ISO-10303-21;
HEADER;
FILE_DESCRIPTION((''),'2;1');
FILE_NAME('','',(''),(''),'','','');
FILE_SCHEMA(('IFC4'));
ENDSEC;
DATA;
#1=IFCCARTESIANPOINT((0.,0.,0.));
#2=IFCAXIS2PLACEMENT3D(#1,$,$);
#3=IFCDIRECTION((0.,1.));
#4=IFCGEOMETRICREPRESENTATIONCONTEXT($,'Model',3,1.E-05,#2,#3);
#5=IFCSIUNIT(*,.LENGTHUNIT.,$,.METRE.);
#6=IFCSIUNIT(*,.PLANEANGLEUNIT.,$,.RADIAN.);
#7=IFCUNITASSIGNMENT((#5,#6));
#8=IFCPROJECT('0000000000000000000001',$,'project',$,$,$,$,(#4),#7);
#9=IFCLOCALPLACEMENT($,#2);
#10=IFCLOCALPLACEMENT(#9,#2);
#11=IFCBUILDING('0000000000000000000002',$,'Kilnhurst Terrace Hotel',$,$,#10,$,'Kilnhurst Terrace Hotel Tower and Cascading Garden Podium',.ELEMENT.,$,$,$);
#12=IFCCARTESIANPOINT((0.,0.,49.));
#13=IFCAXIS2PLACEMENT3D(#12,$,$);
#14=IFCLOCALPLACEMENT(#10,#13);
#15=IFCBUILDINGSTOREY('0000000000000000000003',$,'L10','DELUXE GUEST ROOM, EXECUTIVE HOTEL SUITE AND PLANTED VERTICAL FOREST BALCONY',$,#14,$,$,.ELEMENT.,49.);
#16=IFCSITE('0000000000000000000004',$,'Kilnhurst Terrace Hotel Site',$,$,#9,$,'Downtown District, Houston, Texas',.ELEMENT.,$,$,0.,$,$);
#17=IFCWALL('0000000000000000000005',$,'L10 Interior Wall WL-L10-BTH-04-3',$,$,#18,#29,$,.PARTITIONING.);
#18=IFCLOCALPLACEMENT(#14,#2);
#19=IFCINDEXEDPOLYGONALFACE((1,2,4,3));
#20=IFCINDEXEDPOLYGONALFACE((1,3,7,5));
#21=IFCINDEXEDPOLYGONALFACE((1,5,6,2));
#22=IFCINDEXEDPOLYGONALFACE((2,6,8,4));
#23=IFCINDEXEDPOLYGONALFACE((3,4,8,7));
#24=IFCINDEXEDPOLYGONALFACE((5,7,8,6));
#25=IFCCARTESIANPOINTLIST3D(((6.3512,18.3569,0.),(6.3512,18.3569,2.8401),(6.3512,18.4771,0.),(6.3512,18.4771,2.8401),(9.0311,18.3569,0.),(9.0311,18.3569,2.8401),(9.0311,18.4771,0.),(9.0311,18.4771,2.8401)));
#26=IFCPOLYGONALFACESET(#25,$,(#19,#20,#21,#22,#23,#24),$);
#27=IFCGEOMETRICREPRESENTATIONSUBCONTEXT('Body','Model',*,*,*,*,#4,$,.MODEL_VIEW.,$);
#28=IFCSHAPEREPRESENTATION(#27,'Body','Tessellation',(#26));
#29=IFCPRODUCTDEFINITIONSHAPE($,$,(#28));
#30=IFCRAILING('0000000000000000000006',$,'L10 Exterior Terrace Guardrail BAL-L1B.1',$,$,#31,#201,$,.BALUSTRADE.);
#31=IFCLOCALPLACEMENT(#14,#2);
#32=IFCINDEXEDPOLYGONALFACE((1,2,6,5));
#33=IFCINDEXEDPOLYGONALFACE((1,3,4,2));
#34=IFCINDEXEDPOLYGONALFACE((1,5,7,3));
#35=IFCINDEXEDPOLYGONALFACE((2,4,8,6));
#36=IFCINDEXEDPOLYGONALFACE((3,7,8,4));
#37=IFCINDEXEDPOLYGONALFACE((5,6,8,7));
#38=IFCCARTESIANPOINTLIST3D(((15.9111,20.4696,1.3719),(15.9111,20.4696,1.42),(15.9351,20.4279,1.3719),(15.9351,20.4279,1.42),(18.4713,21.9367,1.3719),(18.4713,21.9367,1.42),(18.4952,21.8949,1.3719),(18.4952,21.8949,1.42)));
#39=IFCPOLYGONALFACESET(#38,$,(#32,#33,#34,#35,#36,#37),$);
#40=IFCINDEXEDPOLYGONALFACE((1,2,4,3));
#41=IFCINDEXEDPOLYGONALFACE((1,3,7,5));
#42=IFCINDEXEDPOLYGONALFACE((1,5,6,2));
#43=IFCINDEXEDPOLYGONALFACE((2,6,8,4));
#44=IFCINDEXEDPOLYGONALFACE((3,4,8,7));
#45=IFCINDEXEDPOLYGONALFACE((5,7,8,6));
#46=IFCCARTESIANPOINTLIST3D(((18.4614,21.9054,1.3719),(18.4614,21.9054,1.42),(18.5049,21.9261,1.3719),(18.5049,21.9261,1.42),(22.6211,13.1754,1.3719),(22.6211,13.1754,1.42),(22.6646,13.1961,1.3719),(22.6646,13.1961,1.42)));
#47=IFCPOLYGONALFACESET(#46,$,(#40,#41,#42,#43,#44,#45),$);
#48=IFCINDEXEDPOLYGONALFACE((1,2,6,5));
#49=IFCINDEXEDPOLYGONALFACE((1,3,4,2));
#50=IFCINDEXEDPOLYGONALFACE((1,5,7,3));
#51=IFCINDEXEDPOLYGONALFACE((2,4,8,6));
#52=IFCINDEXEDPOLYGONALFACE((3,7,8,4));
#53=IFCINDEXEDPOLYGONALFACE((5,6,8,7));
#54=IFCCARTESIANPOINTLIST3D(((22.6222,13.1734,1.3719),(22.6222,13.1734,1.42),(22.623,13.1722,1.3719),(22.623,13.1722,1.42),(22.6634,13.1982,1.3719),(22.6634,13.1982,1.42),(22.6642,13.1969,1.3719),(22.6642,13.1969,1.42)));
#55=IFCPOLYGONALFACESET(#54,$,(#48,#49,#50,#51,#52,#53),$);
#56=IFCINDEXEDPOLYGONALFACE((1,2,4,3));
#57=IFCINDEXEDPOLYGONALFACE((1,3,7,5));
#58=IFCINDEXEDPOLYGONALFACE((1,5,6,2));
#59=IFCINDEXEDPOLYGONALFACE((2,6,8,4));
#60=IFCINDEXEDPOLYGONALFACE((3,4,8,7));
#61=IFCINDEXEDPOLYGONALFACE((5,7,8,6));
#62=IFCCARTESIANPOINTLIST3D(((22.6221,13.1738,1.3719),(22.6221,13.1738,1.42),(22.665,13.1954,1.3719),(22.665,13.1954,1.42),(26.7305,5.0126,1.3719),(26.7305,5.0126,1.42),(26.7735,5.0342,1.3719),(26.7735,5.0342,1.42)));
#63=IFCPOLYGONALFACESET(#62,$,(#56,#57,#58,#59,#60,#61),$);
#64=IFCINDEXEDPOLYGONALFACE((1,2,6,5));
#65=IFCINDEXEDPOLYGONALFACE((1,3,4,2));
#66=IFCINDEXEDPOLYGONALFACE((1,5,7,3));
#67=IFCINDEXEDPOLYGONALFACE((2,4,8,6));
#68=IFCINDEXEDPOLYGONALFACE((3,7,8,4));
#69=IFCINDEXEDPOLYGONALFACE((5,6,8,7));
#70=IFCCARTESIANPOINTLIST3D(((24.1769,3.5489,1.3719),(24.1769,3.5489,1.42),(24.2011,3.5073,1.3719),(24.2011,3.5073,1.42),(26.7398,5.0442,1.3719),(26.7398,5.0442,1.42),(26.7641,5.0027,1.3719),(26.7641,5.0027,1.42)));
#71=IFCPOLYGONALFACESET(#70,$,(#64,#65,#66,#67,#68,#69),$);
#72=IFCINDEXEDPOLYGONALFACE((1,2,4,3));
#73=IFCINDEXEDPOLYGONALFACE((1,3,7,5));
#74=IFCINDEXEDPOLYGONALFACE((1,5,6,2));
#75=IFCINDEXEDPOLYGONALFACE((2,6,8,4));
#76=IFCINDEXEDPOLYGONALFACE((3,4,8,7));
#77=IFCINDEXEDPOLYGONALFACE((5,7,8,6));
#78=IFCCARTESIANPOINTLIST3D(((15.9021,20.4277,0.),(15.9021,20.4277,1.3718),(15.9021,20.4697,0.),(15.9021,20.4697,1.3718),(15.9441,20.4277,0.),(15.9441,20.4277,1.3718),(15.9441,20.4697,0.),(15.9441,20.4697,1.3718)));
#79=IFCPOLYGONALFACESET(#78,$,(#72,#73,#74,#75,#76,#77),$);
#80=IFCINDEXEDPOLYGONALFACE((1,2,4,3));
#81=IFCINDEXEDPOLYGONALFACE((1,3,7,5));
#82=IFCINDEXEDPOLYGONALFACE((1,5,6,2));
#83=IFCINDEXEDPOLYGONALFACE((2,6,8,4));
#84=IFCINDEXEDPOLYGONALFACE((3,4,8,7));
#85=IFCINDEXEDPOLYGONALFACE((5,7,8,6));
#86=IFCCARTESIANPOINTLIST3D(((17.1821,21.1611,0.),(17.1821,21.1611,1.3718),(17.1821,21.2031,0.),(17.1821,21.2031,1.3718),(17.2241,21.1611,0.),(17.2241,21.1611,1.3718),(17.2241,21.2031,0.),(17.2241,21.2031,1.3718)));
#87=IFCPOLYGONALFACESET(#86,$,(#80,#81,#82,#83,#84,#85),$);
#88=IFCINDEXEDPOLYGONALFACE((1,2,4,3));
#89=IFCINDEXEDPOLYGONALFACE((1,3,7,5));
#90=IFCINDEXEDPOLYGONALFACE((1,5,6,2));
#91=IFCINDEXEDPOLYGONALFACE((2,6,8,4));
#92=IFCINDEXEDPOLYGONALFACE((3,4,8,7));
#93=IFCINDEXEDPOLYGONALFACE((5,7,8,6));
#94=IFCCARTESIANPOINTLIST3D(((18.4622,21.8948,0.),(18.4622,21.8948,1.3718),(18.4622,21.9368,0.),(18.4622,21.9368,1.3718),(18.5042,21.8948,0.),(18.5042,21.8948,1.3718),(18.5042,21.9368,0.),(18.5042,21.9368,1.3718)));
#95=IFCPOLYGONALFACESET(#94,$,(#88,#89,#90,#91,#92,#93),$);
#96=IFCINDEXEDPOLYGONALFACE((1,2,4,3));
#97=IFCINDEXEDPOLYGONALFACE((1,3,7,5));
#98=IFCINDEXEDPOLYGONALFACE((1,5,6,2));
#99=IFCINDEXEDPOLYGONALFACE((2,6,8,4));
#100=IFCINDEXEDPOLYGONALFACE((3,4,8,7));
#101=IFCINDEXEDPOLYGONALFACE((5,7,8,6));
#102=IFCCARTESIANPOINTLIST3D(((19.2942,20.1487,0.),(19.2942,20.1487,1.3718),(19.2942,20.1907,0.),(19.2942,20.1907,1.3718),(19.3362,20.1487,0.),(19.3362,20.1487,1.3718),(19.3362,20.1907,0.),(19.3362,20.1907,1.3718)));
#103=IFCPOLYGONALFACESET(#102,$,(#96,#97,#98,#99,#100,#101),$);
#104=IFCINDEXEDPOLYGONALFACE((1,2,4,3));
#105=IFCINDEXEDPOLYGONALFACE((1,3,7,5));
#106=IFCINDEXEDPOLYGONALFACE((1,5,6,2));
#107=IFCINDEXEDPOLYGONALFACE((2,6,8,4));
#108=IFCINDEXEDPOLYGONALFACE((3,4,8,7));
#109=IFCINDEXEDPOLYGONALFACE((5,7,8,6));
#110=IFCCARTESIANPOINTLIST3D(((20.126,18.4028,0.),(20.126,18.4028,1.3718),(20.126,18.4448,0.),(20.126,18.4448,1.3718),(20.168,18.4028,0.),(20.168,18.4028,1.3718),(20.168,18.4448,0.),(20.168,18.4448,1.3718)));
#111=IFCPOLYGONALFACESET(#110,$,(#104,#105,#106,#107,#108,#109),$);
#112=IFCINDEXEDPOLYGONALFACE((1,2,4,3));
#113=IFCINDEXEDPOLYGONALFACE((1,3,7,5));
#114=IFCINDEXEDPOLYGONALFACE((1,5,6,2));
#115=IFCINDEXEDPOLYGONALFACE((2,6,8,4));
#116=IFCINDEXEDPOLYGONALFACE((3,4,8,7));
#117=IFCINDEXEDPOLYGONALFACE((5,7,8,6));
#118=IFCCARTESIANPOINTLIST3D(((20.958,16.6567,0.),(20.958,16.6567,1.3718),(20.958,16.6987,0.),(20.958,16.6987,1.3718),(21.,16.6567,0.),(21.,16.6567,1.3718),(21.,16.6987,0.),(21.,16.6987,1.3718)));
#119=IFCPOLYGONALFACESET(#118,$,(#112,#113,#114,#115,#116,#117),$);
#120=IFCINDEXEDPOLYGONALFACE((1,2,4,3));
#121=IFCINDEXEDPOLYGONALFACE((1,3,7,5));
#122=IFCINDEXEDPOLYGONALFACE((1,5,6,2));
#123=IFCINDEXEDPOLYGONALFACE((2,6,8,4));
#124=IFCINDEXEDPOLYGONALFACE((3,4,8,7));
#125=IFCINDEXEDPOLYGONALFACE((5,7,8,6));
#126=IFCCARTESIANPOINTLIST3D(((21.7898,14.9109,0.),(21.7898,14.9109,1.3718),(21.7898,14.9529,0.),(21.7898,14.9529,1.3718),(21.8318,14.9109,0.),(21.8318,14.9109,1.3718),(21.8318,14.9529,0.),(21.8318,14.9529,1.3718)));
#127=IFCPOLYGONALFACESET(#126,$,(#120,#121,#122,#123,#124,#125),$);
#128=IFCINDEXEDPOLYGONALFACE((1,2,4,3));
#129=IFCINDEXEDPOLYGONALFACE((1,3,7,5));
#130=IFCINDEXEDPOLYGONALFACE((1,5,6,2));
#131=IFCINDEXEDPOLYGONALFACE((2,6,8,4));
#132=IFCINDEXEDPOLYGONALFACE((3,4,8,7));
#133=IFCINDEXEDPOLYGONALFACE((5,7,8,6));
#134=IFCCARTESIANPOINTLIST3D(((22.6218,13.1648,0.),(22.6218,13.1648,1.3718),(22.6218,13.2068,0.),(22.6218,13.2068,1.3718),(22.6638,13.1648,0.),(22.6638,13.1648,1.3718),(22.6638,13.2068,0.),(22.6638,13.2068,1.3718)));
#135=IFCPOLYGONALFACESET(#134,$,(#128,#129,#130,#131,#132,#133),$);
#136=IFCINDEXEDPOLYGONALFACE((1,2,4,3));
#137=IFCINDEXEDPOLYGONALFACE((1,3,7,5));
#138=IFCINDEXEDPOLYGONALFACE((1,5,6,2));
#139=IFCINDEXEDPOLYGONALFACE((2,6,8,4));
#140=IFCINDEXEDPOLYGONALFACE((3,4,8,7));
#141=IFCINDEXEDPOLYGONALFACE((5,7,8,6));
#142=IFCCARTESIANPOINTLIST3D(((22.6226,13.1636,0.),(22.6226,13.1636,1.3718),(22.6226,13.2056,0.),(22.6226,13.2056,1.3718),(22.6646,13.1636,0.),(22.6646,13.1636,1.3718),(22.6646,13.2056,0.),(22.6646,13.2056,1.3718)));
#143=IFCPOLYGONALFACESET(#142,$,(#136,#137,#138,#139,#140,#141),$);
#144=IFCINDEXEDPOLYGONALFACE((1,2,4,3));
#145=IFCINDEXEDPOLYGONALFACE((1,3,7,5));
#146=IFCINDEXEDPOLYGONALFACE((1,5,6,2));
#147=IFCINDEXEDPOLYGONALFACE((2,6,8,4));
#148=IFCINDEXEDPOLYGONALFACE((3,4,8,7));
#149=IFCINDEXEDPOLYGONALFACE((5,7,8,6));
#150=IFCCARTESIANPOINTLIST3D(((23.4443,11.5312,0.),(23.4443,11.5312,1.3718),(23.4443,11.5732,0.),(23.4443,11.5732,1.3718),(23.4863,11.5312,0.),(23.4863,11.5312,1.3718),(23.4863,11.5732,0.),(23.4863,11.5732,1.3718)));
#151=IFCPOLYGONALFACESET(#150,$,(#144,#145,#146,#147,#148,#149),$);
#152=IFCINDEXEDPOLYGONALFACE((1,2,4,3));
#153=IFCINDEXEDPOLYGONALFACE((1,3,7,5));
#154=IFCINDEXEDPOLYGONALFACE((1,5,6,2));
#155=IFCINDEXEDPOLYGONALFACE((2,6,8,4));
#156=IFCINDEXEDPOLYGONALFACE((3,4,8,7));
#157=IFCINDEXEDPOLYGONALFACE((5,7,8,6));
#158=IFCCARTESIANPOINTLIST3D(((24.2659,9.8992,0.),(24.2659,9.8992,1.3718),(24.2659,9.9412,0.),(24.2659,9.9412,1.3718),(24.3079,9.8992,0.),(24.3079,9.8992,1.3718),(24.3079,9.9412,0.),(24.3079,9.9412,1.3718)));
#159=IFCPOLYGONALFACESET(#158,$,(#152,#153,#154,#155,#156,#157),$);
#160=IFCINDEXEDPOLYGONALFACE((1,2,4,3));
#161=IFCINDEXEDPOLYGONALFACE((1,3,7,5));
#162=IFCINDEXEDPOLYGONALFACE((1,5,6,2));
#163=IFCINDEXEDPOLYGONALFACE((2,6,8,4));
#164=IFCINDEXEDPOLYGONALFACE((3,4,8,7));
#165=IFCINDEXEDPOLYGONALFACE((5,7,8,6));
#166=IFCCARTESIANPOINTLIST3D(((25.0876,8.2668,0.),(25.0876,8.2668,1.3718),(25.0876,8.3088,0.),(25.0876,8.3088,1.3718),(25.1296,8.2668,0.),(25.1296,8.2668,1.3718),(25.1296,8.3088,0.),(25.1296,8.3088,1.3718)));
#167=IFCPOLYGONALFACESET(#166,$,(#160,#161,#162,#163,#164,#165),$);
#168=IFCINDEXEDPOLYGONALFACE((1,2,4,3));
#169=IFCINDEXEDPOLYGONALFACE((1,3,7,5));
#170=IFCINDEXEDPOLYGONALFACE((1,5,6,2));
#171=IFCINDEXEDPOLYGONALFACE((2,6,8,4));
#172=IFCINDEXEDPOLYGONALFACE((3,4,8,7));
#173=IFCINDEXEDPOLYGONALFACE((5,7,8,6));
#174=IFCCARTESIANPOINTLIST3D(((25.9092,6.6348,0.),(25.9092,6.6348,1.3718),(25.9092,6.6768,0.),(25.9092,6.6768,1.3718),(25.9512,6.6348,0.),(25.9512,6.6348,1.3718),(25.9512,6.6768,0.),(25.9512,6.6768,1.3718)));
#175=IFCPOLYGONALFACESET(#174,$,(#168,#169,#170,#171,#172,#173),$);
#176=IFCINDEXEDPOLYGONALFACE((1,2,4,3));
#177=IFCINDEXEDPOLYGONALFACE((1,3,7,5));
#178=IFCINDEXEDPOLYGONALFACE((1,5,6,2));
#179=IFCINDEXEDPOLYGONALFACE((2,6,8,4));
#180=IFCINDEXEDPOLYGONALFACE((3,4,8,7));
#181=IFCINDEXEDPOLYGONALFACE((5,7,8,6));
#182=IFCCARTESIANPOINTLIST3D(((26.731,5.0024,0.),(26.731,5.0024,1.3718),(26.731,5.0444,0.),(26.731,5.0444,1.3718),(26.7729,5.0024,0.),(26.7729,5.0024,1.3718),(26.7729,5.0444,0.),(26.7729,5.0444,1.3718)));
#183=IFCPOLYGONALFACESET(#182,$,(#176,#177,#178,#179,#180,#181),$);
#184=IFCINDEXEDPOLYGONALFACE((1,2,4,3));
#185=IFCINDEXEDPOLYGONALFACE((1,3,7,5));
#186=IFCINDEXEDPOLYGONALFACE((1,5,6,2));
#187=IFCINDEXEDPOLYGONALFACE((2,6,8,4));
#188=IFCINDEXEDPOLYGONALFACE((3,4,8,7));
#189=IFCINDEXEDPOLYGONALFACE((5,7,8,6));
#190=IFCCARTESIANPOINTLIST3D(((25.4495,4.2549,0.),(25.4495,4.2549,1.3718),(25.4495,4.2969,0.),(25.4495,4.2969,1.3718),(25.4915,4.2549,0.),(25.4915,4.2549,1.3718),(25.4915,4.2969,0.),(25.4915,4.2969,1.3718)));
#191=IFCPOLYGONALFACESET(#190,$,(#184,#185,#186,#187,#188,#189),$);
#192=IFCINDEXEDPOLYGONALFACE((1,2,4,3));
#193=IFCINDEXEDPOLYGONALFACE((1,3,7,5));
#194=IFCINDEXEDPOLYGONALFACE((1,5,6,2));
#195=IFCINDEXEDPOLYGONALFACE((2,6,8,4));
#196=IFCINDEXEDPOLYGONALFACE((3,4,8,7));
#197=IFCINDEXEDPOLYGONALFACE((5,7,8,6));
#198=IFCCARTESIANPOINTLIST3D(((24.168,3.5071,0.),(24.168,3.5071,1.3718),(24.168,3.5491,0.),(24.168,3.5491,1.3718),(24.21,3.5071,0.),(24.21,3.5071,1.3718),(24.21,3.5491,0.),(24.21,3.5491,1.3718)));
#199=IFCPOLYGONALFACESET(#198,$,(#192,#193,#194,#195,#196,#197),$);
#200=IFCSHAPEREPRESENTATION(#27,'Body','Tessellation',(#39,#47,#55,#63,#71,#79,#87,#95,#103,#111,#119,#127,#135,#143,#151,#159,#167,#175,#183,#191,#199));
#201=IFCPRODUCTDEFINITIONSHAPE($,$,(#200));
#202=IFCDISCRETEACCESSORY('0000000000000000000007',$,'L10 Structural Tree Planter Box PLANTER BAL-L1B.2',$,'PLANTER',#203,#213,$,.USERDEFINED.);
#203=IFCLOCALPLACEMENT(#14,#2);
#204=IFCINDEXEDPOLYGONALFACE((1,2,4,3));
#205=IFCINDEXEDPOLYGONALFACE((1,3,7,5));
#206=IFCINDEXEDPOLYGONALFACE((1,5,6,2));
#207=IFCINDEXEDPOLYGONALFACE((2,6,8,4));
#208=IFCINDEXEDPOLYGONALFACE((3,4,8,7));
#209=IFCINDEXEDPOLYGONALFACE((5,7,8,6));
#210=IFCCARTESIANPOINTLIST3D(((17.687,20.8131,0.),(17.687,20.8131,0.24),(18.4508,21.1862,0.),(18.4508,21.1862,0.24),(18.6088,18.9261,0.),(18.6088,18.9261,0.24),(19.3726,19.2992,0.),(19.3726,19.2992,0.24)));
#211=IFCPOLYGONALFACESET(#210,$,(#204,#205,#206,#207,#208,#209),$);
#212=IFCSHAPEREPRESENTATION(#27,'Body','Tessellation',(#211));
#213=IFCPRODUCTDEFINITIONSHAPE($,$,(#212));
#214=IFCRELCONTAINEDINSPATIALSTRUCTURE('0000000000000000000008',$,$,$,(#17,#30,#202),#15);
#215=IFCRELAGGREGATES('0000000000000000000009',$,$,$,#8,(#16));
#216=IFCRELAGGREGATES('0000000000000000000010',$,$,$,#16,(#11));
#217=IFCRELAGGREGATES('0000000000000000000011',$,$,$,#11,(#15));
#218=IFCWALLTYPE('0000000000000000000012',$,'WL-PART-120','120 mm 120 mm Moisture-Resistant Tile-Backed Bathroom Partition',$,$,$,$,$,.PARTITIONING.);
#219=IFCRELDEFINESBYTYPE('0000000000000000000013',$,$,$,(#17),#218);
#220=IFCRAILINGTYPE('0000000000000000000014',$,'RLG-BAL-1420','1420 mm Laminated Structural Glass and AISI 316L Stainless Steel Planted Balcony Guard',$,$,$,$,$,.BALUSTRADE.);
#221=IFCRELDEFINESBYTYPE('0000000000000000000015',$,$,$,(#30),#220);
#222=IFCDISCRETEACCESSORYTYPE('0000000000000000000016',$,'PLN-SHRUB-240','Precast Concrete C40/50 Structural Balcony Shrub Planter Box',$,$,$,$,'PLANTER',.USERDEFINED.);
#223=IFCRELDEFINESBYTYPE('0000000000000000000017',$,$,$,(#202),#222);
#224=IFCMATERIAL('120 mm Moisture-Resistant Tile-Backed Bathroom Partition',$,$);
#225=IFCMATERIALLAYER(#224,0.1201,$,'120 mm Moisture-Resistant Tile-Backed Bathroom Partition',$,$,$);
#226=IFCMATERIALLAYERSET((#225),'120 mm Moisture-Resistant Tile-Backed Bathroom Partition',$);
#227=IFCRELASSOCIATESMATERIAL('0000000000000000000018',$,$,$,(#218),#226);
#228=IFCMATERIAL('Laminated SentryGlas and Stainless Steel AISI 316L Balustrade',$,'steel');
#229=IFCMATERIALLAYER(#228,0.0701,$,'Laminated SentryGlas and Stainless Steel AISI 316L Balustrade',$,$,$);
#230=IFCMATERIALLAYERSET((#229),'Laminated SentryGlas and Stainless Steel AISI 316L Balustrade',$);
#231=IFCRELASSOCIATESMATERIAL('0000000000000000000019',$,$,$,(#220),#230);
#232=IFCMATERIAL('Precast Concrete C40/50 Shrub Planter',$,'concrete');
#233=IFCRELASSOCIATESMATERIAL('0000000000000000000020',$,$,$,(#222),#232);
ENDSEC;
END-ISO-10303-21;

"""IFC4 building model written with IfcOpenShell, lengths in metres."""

from ifc_helpers import new_model, si_unit, direction, frame, frame_2d, origin, origin_2d, place, context, subcontext, project, spatial, rectangle, extrude, material, layer, layer_set, type_object, element, save


model = new_model("IFC4")

# Units and contexts
model_context = context("Model", 3, precision=1e-05, world=origin(), true_north=direction((0.0, 1.0)))
body_context = subcontext(model_context, "Body", "Model", "MODEL_VIEW")
ifc_project = project(units=[si_unit("LENGTHUNIT", "METRE"), si_unit("PLANEANGLEUNIT", "RADIAN")], contexts=[model_context])

# Site, building, storey
site_placement = place(None, origin())
site = spatial("IfcSite", under=ifc_project, at=site_placement, Name="Kilnhurst Terrace Hotel Site", LongName="Downtown District, Houston, Texas", CompositionType="ELEMENT", RefElevation=0.0)
building_placement = place(site_placement, origin())
building = spatial("IfcBuilding", under=site, at=building_placement, Name="Kilnhurst Terrace Hotel", LongName="Kilnhurst Terrace Hotel Tower and Cascading Garden Podium", CompositionType="ELEMENT")
storey_placement = place(building_placement, frame((0.0, 0.0, 49.0)))
storey = spatial("IfcBuildingStorey", under=building, at=storey_placement, Name="L10", Description="DELUXE GUEST ROOM, EXECUTIVE HOTEL SUITE AND PLANTED VERTICAL FOREST BALCONY", CompositionType="ELEMENT", Elevation=49.0)

# Wall
ifc_material_1 = material(Name="120 mm Moisture-Resistant Tile-Backed Bathroom Partition")
ifc_layer_1 = layer(ifc_material_1, 0.1201, Name="120 mm Moisture-Resistant Tile-Backed Bathroom Partition")
ifc_layer_set_1 = layer_set([ifc_layer_1], Name="120 mm Moisture-Resistant Tile-Backed Bathroom Partition")
wall_type_1 = type_object("IfcWallType", Name="WL-PART-120", Description="120 mm 120 mm Moisture-Resistant Tile-Backed Bathroom Partition", PredefinedType="PARTITIONING", material=ifc_layer_set_1)
wall_1_placement = place(storey_placement, frame((9.031, 18.417, 0.0), z_axis=(0.0, 0.0, 1.0), x_axis=(-1.0, 0.0, 0.0)))
element("IfcWall", 1, at=wall_1_placement, inside=storey, type_object=wall_type_1, Name="L10 Interior Wall WL-L10-BTH-04-3", PredefinedType="PARTITIONING", context=body_context, shape_type="SweptSolid", body=[
    extrude(rectangle(XDim=2.6799, YDim=0.1201, at=frame_2d((1.3398, 0.0))), origin(), (0.0, 0.0, 1.0), 2.8401),
])

# Railing
ifc_material_2 = material(Name="Laminated SentryGlas and Stainless Steel AISI 316L Balustrade", Category="steel")
ifc_layer_2 = layer(ifc_material_2, 0.0701, Name="Laminated SentryGlas and Stainless Steel AISI 316L Balustrade")
ifc_layer_set_2 = layer_set([ifc_layer_2], Name="Laminated SentryGlas and Stainless Steel AISI 316L Balustrade")
railing_type = type_object("IfcRailingType", Name="RLG-BAL-1420", Description="1420 mm Laminated Structural Glass and AISI 316L Stainless Steel Planted Balcony Guard", PredefinedType="BALUSTRADE", material=ifc_layer_set_2)
railing_placement = place(storey_placement, frame((15.9231, 20.4487, 0.0)))
element("IfcRailing", 2, at=railing_placement, inside=storey, type_object=railing_type, Name="L10 Exterior Terrace Guardrail BAL-L1B.1", PredefinedType="BALUSTRADE", context=body_context, shape_type="SweptSolid", body=[
    extrude(rectangle(XDim=0.0481, YDim=0.0481, at=origin_2d()), frame((0.0, 0.0, 1.396), z_axis=(0.867637, 0.497199, 0.0), x_axis=(-0.497199, 0.867637, 0.0)), (0.0, 0.0, 1.0), 2.9507),
    extrude(rectangle(XDim=0.0481, YDim=0.0481, at=origin_2d()), frame((2.5601, 1.467, 1.396), z_axis=(0.430147, -0.902759, 0.0), x_axis=(0.902759, 0.430147, 0.0)), (0.0, 0.0, 1.0), 9.6704),
    extrude(rectangle(XDim=0.0481, YDim=0.0481, at=origin_2d()), frame((6.7197, -7.2629, 1.396), z_axis=(0.514496, -0.857493, 0.0), x_axis=(0.857493, 0.514496, 0.0)), (0.0, 0.0, 1.0), 0.0015),
    extrude(rectangle(XDim=0.0481, YDim=0.0481, at=origin_2d()), frame((6.7205, -7.2642, 1.396), z_axis=(0.449649, -0.893205, 0.0), x_axis=(0.893205, 0.449649, 0.0)), (0.0, 0.0, 1.0), 9.137),
    extrude(rectangle(XDim=0.0481, YDim=0.0481, at=origin_2d()), frame((10.8289, -15.4253, 1.396), z_axis=(-0.863737, -0.503943, 0.0), x_axis=(0.503943, -0.863737, 0.0)), (0.0, 0.0, 1.0), 2.9673),
    extrude(rectangle(XDim=0.042, YDim=0.042, at=origin_2d()), origin(), (0.0, 0.0, 1.0), 1.3718),
    extrude(rectangle(XDim=0.042, YDim=0.042, at=origin_2d()), frame((1.28, 0.7334, 0.0)), (0.0, 0.0, 1.0), 1.3718),
    extrude(rectangle(XDim=0.042, YDim=0.042, at=origin_2d()), frame((2.5601, 1.467, 0.0)), (0.0, 0.0, 1.0), 1.3718),
    extrude(rectangle(XDim=0.042, YDim=0.042, at=origin_2d()), frame((3.3921, -0.2791, 0.0)), (0.0, 0.0, 1.0), 1.3718),
    extrude(rectangle(XDim=0.042, YDim=0.042, at=origin_2d()), frame((4.2239, -2.0249, 0.0)), (0.0, 0.0, 1.0), 1.3718),
    extrude(rectangle(XDim=0.042, YDim=0.042, at=origin_2d()), frame((5.0559, -3.771, 0.0)), (0.0, 0.0, 1.0), 1.3718),
    extrude(rectangle(XDim=0.042, YDim=0.042, at=origin_2d()), frame((5.8877, -5.5168, 0.0)), (0.0, 0.0, 1.0), 1.3718),
    extrude(rectangle(XDim=0.042, YDim=0.042, at=origin_2d()), frame((6.7197, -7.2629, 0.0)), (0.0, 0.0, 1.0), 1.3718),
    extrude(rectangle(XDim=0.042, YDim=0.042, at=origin_2d()), frame((6.7205, -7.2642, 0.0)), (0.0, 0.0, 1.0), 1.3718),
    extrude(rectangle(XDim=0.042, YDim=0.042, at=origin_2d()), frame((7.5422, -8.8965, 0.0)), (0.0, 0.0, 1.0), 1.3718),
    extrude(rectangle(XDim=0.042, YDim=0.042, at=origin_2d()), frame((8.3638, -10.5286, 0.0)), (0.0, 0.0, 1.0), 1.3718),
    extrude(rectangle(XDim=0.042, YDim=0.042, at=origin_2d()), frame((9.1855, -12.1609, 0.0)), (0.0, 0.0, 1.0), 1.3718),
    extrude(rectangle(XDim=0.042, YDim=0.042, at=origin_2d()), frame((10.0071, -13.793, 0.0)), (0.0, 0.0, 1.0), 1.3718),
    extrude(rectangle(XDim=0.042, YDim=0.042, at=origin_2d()), frame((10.8289, -15.4253, 0.0)), (0.0, 0.0, 1.0), 1.3718),
    extrude(rectangle(XDim=0.042, YDim=0.042, at=origin_2d()), frame((9.5474, -16.1729, 0.0)), (0.0, 0.0, 1.0), 1.3718),
    extrude(rectangle(XDim=0.042, YDim=0.042, at=origin_2d()), frame((8.2659, -16.9207, 0.0)), (0.0, 0.0, 1.0), 1.3718),
])

# Discrete accessory
ifc_material_3 = material(Name="Precast Concrete C40/50 Shrub Planter", Category="concrete")
discrete_accessory_type = type_object("IfcDiscreteAccessoryType", Name="PLN-SHRUB-240", Description="Precast Concrete C40/50 Structural Balcony Shrub Planter Box", ElementType="PLANTER", PredefinedType="USERDEFINED", material=ifc_material_3)
discrete_accessory_placement = place(storey_placement, frame((18.5298, 20.0562, 0.0), z_axis=(0.0, 0.0, 1.0), x_axis=(-0.438936, 0.898518, 0.0)))
element("IfcDiscreteAccessory", 3, at=discrete_accessory_placement, inside=storey, type_object=discrete_accessory_type, Name="L10 Structural Tree Planter Box PLANTER BAL-L1B.2", ObjectType="PLANTER", PredefinedType="USERDEFINED", context=body_context, shape_type="SweptSolid", body=[
    extrude(rectangle(XDim=2.1001, YDim=0.8501, at=origin_2d()), origin(), (0.0, 0.0, 1.0), 0.24),
])

save(model, "model.ifc")
